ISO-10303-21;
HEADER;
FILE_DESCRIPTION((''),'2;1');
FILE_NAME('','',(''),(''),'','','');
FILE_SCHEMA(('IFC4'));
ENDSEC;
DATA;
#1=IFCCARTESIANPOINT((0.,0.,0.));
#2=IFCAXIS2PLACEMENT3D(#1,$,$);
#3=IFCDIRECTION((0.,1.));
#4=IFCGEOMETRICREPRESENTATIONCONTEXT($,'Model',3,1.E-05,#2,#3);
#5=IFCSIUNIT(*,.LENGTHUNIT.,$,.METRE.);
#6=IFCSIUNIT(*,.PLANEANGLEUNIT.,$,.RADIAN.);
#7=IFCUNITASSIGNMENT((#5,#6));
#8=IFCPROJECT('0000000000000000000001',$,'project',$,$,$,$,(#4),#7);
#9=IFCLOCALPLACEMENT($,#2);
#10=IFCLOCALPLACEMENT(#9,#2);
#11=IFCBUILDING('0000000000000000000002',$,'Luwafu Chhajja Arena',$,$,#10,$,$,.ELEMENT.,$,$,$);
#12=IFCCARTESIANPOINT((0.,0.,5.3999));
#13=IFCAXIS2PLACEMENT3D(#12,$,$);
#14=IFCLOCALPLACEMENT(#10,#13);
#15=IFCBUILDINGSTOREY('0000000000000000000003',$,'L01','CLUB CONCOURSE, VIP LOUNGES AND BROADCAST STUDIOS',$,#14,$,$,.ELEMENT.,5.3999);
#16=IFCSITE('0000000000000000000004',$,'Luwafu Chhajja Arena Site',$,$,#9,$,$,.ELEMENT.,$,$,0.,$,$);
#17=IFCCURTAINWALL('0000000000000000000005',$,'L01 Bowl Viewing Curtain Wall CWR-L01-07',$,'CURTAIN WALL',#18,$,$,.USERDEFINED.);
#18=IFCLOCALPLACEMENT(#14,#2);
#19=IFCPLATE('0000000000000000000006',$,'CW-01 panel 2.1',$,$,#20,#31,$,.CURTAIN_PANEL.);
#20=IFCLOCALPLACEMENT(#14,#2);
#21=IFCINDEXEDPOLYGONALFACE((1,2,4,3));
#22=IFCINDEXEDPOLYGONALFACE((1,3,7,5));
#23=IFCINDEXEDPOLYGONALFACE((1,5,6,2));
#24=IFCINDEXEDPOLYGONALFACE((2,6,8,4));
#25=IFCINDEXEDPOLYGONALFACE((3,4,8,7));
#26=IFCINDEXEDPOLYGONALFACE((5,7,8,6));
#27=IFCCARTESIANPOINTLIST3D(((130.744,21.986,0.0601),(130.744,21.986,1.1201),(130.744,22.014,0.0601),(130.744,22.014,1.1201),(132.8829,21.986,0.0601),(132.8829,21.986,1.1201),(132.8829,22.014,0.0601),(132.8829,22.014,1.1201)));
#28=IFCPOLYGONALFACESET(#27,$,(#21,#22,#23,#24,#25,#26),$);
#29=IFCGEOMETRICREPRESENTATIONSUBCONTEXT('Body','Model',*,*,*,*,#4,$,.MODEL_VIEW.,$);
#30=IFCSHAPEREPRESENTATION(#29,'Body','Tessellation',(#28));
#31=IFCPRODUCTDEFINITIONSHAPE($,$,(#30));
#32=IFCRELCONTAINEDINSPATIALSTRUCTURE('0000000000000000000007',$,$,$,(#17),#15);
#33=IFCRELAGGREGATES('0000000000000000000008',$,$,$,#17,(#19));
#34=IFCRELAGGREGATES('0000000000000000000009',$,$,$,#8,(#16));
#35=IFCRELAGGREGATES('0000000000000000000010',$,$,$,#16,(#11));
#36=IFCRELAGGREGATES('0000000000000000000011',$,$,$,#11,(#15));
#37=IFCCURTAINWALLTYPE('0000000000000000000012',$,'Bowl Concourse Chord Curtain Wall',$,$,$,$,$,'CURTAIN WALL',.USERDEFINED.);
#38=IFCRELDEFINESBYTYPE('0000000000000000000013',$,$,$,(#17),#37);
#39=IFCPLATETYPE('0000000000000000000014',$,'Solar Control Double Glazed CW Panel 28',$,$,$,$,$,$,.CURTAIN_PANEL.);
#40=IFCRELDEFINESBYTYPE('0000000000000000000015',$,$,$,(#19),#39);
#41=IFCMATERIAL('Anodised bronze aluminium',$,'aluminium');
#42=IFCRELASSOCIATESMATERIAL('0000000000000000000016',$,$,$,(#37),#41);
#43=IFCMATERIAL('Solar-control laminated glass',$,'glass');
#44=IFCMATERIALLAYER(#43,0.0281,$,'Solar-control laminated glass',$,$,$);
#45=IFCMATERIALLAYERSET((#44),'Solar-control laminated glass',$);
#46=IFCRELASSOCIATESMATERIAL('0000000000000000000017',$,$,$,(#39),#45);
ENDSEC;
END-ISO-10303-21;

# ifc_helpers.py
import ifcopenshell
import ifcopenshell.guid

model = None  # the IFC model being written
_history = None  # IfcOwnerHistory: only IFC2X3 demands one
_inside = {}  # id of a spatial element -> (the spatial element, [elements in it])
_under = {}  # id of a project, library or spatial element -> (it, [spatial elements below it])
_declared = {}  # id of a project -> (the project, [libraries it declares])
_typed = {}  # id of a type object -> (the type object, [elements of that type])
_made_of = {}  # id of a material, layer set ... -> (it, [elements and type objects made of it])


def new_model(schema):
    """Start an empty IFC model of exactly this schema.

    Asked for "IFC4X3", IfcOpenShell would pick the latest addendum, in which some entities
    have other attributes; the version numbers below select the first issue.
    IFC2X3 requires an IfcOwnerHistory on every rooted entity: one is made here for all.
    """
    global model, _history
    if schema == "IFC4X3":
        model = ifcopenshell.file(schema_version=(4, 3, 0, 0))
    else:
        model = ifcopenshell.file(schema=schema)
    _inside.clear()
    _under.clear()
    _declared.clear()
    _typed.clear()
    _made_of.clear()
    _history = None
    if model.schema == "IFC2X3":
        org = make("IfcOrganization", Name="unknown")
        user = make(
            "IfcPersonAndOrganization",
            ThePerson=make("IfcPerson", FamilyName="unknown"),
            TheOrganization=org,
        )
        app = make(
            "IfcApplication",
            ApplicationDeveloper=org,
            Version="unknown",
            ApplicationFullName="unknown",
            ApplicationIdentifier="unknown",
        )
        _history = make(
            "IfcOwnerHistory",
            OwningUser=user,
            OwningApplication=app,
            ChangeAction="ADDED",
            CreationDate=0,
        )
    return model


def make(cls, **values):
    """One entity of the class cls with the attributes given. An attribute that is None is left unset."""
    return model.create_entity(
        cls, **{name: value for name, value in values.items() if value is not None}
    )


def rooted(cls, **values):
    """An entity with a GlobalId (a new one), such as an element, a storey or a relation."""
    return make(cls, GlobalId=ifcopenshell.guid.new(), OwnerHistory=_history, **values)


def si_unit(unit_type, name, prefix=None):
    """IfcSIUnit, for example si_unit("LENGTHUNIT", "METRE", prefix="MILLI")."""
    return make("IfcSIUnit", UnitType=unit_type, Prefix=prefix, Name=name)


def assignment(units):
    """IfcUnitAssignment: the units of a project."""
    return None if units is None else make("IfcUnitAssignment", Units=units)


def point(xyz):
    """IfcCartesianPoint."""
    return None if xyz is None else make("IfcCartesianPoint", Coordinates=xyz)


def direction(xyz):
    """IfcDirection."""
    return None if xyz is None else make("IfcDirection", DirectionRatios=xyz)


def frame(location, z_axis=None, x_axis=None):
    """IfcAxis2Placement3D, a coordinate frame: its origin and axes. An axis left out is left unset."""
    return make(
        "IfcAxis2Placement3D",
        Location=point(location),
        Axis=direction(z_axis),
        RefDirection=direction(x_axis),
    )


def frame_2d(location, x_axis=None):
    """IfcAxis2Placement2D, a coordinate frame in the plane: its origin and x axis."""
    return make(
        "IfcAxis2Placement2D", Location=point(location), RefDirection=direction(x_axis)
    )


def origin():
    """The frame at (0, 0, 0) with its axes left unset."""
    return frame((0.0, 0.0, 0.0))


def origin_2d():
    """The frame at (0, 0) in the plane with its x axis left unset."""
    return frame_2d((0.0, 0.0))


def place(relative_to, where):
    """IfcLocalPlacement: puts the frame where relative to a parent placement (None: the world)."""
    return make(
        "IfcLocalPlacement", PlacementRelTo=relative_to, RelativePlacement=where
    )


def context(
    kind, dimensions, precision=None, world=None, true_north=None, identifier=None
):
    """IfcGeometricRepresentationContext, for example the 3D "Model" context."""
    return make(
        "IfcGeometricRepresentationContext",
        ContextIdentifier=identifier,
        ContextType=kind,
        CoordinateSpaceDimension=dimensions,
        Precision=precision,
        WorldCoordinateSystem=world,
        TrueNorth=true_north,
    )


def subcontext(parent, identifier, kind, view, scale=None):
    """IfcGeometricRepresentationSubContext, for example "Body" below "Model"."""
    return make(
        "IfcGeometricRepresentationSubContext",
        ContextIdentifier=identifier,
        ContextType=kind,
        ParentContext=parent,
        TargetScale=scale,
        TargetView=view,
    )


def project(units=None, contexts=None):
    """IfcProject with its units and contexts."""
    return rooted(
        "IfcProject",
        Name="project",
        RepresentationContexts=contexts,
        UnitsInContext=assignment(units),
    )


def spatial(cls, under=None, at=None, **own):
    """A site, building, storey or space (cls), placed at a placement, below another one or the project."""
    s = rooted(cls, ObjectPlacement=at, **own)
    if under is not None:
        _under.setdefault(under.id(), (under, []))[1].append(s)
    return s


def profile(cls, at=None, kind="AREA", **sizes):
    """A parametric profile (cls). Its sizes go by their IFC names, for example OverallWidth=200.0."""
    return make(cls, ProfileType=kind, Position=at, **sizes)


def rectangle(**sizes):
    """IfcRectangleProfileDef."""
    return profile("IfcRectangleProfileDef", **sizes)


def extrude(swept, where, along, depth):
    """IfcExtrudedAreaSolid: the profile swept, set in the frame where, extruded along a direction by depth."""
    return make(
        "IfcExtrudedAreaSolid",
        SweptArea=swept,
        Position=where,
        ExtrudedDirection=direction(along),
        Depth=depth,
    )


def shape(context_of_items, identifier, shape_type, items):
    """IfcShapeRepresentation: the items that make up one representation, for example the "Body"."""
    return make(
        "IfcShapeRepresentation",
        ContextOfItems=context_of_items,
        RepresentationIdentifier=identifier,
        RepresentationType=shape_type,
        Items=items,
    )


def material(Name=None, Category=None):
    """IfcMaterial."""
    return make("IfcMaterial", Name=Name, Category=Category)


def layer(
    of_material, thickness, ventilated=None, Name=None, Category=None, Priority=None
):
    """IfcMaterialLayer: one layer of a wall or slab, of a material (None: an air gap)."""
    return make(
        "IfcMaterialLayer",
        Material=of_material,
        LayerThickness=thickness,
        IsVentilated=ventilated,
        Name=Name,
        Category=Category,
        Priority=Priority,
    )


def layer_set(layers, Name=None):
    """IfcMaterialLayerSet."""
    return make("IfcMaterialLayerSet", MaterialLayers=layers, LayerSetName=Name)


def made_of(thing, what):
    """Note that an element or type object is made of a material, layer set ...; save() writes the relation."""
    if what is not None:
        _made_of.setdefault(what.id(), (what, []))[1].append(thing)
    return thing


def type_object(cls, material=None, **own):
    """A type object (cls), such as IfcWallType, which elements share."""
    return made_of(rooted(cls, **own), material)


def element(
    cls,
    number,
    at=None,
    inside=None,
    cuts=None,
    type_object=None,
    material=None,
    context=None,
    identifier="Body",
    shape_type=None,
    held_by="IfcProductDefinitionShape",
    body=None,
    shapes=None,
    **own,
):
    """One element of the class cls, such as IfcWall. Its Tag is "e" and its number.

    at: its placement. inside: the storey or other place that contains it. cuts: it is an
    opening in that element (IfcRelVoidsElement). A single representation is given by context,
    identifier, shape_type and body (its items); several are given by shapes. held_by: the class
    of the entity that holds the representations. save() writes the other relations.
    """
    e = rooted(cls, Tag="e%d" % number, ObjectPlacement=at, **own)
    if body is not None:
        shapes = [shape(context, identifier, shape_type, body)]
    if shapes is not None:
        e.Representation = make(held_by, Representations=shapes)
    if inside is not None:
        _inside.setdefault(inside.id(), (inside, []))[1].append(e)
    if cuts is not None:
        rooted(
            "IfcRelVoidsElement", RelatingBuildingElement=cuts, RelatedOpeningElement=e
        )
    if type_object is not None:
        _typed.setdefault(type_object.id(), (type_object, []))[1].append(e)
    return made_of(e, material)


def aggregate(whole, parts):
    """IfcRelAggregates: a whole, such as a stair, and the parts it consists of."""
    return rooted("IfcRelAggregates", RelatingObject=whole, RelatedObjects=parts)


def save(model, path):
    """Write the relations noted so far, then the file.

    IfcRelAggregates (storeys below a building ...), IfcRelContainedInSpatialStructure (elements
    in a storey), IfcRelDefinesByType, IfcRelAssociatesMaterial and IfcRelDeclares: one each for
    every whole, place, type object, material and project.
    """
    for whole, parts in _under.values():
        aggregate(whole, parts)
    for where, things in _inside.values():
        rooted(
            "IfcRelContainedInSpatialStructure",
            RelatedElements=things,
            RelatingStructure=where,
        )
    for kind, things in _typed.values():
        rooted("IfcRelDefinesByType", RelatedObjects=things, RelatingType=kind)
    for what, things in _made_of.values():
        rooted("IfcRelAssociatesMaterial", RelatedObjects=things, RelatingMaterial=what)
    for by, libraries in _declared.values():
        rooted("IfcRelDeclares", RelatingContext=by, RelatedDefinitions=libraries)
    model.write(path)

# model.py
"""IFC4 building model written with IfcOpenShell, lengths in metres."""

from ifc_helpers import new_model, si_unit, direction, frame, origin, origin_2d, place, context, subcontext, project, spatial, rectangle, extrude, material, layer, layer_set, type_object, element, aggregate, save


model = new_model("IFC4")

# Units and contexts
model_context = context("Model", 3, precision=1e-05, world=origin(), true_north=direction((0.0, 1.0)))
body_context = subcontext(model_context, "Body", "Model", "MODEL_VIEW")
ifc_project = project(units=[si_unit("LENGTHUNIT", "METRE"), si_unit("PLANEANGLEUNIT", "RADIAN")], contexts=[model_context])

# Site, building, storey
site_placement = place(None, origin())
site = spatial("IfcSite", under=ifc_project, at=site_placement, Name="Luwafu Chhajja Arena Site", CompositionType="ELEMENT", RefElevation=0.0)
building_placement = place(site_placement, origin())
building = spatial("IfcBuilding", under=site, at=building_placement, Name="Luwafu Chhajja Arena", CompositionType="ELEMENT")
storey_placement = place(building_placement, frame((0.0, 0.0, 5.3999)))
storey = spatial("IfcBuildingStorey", under=building, at=storey_placement, Name="L01", Description="CLUB CONCOURSE, VIP LOUNGES AND BROADCAST STUDIOS", CompositionType="ELEMENT", Elevation=5.3999)

# Shared definitions
ifc_material_1 = material(Name="Anodised bronze aluminium", Category="aluminium")
curtain_wall_type = type_object("IfcCurtainWallType", Name="Bowl Concourse Chord Curtain Wall", ElementType="CURTAIN WALL", PredefinedType="USERDEFINED", material=ifc_material_1)

# Curtain wall
curtain_wall_1_placement = place(storey_placement, origin())
curtain_wall_1 = element("IfcCurtainWall", 1, at=curtain_wall_1_placement, inside=storey, type_object=curtain_wall_type, Name="L01 Bowl Viewing Curtain Wall CWR-L01-07", ObjectType="CURTAIN WALL", PredefinedType="USERDEFINED")

# Plate
ifc_material_2 = material(Name="Solar-control laminated glass", Category="glass")
ifc_layer_1 = layer(ifc_material_2, 0.0281, Name="Solar-control laminated glass")
ifc_layer_set_1 = layer_set([ifc_layer_1], Name="Solar-control laminated glass")
plate_type_1 = type_object("IfcPlateType", Name="Solar Control Double Glazed CW Panel 28", PredefinedType="CURTAIN_PANEL", material=ifc_layer_set_1)
plate_1_placement = place(storey_placement, frame((131.8135, 22.0, 0.0601), z_axis=(0.0, 0.0, 1.0), x_axis=(1.0, 0.0, 0.0)))
plate_1 = element("IfcPlate", 2, at=plate_1_placement, type_object=plate_type_1, Name="CW-01 panel 2.1", PredefinedType="CURTAIN_PANEL", context=body_context, shape_type="SweptSolid", body=[
    extrude(rectangle(XDim=2.1389, YDim=0.0281, at=origin_2d()), origin(), (0.0, 0.0, 1.0), 1.0601),
])
aggregate(curtain_wall_1, [plate_1])

save(model, "model.ifc")
